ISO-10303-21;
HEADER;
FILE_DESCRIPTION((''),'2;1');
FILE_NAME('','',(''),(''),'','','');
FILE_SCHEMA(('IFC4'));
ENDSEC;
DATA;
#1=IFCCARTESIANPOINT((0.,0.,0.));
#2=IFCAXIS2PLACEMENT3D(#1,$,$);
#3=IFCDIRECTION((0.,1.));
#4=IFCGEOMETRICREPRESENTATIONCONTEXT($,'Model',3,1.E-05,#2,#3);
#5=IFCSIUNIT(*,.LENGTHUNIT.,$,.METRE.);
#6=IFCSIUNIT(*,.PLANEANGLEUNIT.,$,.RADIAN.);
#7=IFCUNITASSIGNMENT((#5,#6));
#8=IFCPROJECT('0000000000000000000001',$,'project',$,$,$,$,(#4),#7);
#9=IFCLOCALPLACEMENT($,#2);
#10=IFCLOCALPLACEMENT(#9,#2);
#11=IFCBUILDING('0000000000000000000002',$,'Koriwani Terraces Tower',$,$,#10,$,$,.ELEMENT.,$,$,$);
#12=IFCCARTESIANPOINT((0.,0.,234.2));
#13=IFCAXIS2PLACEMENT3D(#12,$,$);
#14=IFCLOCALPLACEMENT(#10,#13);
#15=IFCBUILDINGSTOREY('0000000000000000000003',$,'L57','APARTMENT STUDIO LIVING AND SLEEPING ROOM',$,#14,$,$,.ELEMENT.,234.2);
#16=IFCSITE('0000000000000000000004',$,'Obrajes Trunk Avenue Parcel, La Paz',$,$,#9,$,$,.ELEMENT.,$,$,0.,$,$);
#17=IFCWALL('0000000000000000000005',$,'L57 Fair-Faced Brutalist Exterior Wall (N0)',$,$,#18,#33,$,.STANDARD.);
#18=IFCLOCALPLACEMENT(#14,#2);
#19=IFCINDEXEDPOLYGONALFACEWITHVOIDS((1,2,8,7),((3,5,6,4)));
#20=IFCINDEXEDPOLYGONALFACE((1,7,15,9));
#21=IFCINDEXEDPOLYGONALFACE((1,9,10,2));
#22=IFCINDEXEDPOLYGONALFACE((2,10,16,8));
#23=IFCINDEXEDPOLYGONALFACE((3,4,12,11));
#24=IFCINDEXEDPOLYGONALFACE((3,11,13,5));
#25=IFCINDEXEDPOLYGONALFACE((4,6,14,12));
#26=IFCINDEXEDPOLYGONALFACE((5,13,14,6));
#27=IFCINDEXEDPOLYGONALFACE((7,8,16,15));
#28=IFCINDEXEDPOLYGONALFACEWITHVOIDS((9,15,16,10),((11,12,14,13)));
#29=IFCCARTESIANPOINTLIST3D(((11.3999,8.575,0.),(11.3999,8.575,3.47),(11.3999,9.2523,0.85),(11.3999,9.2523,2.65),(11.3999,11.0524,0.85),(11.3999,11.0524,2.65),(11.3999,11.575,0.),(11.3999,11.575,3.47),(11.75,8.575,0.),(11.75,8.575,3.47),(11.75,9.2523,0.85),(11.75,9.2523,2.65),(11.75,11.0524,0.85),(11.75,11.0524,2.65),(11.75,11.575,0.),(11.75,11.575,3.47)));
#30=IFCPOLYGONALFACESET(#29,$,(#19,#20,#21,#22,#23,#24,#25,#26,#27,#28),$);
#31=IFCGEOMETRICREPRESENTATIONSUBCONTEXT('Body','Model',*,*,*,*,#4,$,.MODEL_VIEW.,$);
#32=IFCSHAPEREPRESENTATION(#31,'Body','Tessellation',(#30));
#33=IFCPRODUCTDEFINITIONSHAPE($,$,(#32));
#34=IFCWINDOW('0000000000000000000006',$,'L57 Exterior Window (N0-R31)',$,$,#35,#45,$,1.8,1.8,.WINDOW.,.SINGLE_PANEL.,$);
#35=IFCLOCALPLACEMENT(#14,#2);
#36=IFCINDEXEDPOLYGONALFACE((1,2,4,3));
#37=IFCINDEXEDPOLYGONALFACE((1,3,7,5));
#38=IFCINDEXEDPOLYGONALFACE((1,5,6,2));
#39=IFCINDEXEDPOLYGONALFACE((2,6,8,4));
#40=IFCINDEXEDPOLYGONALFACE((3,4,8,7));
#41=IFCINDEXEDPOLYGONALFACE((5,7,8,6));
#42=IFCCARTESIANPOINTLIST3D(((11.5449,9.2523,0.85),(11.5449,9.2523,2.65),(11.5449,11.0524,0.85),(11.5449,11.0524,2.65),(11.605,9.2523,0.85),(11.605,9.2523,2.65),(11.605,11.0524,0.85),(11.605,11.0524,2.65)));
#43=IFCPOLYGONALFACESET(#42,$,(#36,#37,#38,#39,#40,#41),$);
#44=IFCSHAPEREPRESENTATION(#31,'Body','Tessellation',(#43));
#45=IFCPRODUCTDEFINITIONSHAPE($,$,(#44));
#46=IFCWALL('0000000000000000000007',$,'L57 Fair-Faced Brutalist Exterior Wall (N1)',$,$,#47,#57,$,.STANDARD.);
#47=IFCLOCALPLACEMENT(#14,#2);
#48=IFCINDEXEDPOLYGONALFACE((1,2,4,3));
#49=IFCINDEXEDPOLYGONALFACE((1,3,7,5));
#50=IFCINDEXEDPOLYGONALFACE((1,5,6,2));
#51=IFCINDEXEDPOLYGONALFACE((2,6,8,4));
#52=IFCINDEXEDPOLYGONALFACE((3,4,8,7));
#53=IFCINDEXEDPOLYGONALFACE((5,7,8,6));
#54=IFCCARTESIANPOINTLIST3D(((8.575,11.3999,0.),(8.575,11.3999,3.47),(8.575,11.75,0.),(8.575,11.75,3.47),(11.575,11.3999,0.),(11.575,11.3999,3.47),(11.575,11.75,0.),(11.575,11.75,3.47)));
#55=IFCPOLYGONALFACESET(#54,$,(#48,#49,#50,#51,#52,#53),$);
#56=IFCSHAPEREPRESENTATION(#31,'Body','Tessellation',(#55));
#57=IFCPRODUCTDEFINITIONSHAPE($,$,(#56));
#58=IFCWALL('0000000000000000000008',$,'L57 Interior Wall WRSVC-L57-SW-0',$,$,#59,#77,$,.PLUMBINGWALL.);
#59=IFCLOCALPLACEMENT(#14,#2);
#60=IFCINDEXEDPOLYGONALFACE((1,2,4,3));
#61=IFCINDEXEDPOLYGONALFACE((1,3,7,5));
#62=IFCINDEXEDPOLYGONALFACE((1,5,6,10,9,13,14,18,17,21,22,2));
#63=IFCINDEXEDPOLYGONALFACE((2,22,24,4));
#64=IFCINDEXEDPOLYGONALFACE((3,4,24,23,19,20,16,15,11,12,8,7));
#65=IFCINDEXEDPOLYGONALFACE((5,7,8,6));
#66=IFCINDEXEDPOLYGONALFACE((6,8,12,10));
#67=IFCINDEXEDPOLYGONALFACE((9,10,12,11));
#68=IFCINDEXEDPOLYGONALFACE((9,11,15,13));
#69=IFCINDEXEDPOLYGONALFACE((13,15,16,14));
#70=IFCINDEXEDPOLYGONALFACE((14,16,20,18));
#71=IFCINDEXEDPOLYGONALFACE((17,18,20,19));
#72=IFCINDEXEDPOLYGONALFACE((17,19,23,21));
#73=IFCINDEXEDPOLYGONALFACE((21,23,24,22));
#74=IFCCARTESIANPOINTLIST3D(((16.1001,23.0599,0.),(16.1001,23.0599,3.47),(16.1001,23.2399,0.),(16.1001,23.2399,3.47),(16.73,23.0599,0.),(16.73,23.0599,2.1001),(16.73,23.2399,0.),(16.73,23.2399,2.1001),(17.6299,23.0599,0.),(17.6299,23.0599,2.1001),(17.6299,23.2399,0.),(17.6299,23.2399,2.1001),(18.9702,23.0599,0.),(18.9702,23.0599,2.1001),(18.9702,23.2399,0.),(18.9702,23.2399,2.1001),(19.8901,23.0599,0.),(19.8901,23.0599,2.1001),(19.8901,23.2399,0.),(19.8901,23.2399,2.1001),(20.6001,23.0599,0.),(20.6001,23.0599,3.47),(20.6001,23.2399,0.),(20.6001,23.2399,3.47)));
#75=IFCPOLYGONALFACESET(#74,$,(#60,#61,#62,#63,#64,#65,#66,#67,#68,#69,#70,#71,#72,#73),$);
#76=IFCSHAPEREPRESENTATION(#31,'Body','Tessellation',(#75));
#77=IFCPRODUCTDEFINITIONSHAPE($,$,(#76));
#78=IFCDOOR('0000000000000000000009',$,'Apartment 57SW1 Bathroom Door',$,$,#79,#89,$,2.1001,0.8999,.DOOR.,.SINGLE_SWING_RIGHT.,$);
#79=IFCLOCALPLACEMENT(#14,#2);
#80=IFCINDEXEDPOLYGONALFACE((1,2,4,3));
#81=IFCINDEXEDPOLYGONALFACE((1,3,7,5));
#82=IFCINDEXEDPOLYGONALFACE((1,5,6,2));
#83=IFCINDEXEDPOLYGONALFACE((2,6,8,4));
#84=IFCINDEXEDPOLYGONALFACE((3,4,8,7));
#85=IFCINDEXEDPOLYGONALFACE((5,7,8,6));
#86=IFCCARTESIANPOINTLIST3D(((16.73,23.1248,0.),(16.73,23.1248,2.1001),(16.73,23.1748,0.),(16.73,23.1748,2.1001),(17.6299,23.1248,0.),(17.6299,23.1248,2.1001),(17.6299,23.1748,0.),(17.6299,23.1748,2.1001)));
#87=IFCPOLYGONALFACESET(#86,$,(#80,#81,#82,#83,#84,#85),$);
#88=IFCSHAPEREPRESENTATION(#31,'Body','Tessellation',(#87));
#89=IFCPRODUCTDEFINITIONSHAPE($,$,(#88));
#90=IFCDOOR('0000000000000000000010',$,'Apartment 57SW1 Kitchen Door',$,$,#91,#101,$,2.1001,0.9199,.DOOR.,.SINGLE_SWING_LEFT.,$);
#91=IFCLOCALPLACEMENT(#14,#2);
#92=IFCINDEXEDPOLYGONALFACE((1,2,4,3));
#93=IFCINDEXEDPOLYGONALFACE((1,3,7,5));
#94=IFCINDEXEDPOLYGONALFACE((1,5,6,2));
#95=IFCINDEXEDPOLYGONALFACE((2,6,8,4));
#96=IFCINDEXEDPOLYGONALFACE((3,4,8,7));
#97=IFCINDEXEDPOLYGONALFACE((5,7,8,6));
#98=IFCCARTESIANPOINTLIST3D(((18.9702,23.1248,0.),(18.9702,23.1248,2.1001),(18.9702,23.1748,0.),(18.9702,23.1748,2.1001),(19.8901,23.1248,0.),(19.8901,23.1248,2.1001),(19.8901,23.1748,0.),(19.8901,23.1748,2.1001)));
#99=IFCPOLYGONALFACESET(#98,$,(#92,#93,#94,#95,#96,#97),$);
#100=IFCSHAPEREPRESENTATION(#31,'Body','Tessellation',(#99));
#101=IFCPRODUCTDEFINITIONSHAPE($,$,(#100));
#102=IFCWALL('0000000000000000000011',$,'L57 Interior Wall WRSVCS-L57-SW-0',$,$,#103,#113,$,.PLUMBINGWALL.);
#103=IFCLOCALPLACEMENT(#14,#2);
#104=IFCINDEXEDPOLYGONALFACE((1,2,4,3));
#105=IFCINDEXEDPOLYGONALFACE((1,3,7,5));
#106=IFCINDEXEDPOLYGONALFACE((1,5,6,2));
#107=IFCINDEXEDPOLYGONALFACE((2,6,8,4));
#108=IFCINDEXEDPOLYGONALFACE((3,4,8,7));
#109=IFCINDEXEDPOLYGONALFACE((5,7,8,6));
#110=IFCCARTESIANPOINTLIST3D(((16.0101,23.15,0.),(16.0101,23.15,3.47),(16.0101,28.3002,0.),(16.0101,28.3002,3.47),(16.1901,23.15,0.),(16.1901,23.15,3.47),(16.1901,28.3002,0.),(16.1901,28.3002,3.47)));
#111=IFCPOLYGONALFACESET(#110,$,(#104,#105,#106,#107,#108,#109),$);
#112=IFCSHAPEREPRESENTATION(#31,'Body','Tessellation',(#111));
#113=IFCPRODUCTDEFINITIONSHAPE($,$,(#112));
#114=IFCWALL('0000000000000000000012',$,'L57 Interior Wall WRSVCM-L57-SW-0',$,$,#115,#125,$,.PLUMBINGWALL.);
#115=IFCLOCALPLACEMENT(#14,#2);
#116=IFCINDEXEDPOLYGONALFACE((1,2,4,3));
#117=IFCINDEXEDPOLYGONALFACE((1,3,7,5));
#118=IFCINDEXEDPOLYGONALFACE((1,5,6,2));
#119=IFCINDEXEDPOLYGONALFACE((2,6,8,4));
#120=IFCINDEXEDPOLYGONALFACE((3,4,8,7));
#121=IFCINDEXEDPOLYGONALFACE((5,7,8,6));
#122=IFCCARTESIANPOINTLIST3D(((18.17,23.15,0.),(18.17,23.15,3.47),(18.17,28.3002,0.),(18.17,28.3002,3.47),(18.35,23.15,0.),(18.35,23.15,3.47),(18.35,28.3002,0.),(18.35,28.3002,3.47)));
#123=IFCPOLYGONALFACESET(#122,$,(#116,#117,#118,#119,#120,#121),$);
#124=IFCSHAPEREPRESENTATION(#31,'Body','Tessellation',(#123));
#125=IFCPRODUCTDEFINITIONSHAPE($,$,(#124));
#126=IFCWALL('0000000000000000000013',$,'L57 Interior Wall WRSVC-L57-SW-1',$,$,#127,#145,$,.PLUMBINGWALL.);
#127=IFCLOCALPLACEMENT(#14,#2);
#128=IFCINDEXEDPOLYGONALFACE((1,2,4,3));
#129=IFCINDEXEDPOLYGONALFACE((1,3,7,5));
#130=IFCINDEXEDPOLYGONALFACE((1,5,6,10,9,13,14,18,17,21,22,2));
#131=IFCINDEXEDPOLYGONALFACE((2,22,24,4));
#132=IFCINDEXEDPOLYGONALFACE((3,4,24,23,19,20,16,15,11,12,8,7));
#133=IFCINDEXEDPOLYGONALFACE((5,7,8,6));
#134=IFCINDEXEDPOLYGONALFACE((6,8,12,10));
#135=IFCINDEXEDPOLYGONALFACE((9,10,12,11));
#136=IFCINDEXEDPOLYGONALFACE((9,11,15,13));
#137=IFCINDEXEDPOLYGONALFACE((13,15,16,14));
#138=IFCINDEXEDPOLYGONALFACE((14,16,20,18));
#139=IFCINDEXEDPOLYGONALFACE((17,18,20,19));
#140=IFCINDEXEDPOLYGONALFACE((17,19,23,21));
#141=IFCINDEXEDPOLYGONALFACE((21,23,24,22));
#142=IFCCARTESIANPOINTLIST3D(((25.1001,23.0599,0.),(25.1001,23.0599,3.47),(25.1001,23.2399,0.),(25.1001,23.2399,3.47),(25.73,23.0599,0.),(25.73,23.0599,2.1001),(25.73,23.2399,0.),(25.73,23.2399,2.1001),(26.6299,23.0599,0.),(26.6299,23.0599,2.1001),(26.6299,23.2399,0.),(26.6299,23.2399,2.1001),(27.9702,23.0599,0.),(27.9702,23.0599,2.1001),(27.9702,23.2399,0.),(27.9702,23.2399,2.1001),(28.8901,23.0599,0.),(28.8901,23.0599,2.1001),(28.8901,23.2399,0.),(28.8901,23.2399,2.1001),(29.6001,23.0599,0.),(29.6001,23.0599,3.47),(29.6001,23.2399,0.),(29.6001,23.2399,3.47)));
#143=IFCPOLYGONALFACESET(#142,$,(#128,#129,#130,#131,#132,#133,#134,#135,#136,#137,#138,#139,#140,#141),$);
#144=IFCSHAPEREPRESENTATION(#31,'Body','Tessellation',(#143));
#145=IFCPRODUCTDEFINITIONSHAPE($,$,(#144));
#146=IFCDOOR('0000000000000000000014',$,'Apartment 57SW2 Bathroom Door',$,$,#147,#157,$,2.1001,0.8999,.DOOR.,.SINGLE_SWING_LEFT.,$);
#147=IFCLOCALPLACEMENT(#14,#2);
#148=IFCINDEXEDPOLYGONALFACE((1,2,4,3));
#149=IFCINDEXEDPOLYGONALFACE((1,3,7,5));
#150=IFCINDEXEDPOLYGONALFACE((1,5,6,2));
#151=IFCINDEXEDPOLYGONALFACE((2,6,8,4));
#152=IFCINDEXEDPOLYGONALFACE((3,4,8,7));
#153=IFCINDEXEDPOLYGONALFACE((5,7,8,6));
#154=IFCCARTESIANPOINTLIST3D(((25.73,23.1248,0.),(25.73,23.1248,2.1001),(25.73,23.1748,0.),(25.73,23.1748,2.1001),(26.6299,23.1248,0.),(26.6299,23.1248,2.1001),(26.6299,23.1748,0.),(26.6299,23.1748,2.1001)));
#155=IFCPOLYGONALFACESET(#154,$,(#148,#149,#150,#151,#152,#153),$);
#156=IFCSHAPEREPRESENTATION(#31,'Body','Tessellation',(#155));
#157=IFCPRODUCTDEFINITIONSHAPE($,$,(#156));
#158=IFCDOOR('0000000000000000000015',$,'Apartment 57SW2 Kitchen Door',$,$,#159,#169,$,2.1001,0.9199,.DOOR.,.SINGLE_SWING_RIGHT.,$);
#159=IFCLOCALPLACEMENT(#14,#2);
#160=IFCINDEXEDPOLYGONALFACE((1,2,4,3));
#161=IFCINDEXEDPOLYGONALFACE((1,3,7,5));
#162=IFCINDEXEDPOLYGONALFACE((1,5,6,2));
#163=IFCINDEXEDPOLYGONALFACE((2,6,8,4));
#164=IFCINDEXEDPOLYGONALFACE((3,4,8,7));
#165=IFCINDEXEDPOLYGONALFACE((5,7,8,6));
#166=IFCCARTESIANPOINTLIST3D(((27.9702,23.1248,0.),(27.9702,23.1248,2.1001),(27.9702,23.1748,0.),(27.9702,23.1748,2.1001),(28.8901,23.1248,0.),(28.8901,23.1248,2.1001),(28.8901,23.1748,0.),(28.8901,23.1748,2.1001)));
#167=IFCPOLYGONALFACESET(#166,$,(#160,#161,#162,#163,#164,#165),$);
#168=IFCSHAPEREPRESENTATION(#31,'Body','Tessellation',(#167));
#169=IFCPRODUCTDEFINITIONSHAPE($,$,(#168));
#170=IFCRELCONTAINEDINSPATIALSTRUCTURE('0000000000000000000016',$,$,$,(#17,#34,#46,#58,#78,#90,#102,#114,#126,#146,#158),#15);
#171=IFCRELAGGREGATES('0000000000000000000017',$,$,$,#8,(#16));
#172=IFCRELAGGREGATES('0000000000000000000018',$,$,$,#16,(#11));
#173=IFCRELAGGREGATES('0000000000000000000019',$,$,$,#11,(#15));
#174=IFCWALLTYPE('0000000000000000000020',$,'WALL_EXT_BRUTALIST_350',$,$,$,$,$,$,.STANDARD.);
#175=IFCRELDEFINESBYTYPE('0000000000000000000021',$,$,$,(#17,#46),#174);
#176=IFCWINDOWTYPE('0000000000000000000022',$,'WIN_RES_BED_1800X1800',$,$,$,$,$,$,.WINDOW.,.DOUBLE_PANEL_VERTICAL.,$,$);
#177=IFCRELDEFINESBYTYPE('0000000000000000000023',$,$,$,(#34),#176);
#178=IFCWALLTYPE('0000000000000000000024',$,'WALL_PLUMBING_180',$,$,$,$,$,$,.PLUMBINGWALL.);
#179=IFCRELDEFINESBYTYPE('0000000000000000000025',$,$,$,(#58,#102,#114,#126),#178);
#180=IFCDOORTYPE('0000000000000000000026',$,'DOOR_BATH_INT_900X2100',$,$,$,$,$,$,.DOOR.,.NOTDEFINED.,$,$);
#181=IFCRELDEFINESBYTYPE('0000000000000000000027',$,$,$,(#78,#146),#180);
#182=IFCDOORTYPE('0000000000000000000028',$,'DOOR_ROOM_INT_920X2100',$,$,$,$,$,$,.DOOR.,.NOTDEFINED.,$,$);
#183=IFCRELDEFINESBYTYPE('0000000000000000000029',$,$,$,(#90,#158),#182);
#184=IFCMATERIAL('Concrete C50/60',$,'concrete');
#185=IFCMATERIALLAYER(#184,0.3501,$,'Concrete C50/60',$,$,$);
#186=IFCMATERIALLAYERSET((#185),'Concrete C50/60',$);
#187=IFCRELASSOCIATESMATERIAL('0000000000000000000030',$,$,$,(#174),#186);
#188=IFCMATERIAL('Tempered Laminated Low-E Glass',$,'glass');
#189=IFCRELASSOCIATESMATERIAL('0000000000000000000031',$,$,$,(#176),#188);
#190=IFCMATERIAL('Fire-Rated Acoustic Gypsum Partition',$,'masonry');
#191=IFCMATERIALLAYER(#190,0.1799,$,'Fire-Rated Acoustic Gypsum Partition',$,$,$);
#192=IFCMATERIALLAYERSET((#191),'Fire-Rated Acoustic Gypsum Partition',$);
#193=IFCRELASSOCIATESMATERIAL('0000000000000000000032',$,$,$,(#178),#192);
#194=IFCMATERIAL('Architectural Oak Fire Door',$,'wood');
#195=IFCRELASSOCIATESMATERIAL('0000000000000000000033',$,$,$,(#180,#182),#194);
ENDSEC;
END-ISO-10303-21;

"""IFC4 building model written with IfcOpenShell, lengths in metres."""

from ifc_helpers import new_model, si_unit, direction, frame, frame_2d, origin, place, context, subcontext, project, spatial, rectangle, extrude, material, layer, layer_set, type_object, element, fill, save


model = new_model("IFC4")

# Units and contexts
model_context = context("Model", 3, precision=1e-05, world=origin(), true_north=direction((0.0, 1.0)))
body_context = subcontext(model_context, "Body", "Model", "MODEL_VIEW")
ifc_project = project(units=[si_unit("LENGTHUNIT", "METRE"), si_unit("PLANEANGLEUNIT", "RADIAN")], contexts=[model_context])

# Site, building, storey
site_placement = place(None, origin())
site = spatial("IfcSite", under=ifc_project, at=site_placement, Name="Obrajes Trunk Avenue Parcel, La Paz", CompositionType="ELEMENT", RefElevation=0.0)
building_placement = place(site_placement, origin())
building = spatial("IfcBuilding", under=site, at=building_placement, Name="Koriwani Terraces Tower", CompositionType="ELEMENT")
storey_placement = place(building_placement, frame((0.0, 0.0, 234.2)))
storey = spatial("IfcBuildingStorey", under=building, at=storey_placement, Name="L57", Description="APARTMENT STUDIO LIVING AND SLEEPING ROOM", CompositionType="ELEMENT", Elevation=234.2)

# Shared definitions
ifc_material_1 = material(Name="Concrete C50/60", Category="concrete")

# Wall, opening, window
ifc_layer_1 = layer(ifc_material_1, 0.3501, Name="Concrete C50/60")
ifc_layer_set_1 = layer_set([ifc_layer_1], Name="Concrete C50/60")
wall_type_1 = type_object("IfcWallType", Name="WALL_EXT_BRUTALIST_350", PredefinedType="STANDARD", material=ifc_layer_set_1)
wall_1_placement = place(storey_placement, frame((11.575, 8.575, 0.0), z_axis=(0.0, 0.0, 1.0), x_axis=(0.0, 1.0, 0.0)))
wall_1 = element("IfcWall", 1, at=wall_1_placement, inside=storey, type_object=wall_type_1, Name="L57 Fair-Faced Brutalist Exterior Wall (N0)", PredefinedType="STANDARD", context=body_context, shape_type="SweptSolid", body=[
    extrude(rectangle(XDim=3.0, YDim=0.3501, at=frame_2d((1.5, 0.0))), origin(), (0.0, 0.0, 1.0), 3.47),
])
opening_1_placement = place(wall_1_placement, frame((0.6775, 0.0, 0.8501)))
opening_1 = element("IfcOpeningElement", 2, at=opening_1_placement, cuts=wall_1, PredefinedType="OPENING", context=body_context, shape_type="SweptSolid", body=[
    extrude(rectangle(XDim=1.8, YDim=1.8, at=frame_2d((0.8999, 0.8999))), frame((0.0, 0.1851, 0.0), z_axis=(0.0, -1.0, 0.0), x_axis=(1.0, 0.0, 0.0)), (0.0, 0.0, 1.0), 0.3701),
])
ifc_material_2 = material(Name="Tempered Laminated Low-E Glass", Category="glass")
window_type = type_object("IfcWindowType", Name="WIN_RES_BED_1800X1800", PartitioningType="DOUBLE_PANEL_VERTICAL", PredefinedType="WINDOW", material=ifc_material_2)
window_placement = place(opening_1_placement, origin())
window = element("IfcWindow", 3, at=window_placement, inside=storey, type_object=window_type, Name="L57 Exterior Window (N0-R31)", OverallHeight=1.8, OverallWidth=1.8, PartitioningType="SINGLE_PANEL", PredefinedType="WINDOW", context=body_context, shape_type="SweptSolid", body=[
    extrude(rectangle(XDim=1.8, YDim=1.8, at=frame_2d((0.8999, 0.8999))), frame((0.0, 0.03, 0.0), z_axis=(0.0, -1.0, 0.0), x_axis=(1.0, 0.0, 0.0)), (0.0, 0.0, 1.0), 0.0601),
])
fill(opening_1, window)

# Wall
wall_2_placement = place(storey_placement, frame((11.575, 11.575, 0.0), z_axis=(0.0, 0.0, 1.0), x_axis=(-1.0, 0.0, 0.0)))
element("IfcWall", 4, at=wall_2_placement, inside=storey, type_object=wall_type_1, Name="L57 Fair-Faced Brutalist Exterior Wall (N1)", PredefinedType="STANDARD", context=body_context, shape_type="SweptSolid", body=[
    extrude(rectangle(XDim=3.0, YDim=0.3501, at=frame_2d((1.5, 0.0))), origin(), (0.0, 0.0, 1.0), 3.47),
])

# Wall, openings, doors
ifc_material_3 = material(Name="Fire-Rated Acoustic Gypsum Partition", Category="masonry")
ifc_layer_2 = layer(ifc_material_3, 0.1799, Name="Fire-Rated Acoustic Gypsum Partition")
ifc_layer_set_2 = layer_set([ifc_layer_2], Name="Fire-Rated Acoustic Gypsum Partition")
wall_type_2 = type_object("IfcWallType", Name="WALL_PLUMBING_180", PredefinedType="PLUMBINGWALL", material=ifc_layer_set_2)
wall_3_placement = place(storey_placement, frame((16.1001, 23.1499, 0.0), z_axis=(0.0, 0.0, 1.0), x_axis=(1.0, 0.0, 0.0)))
wall_3 = element("IfcWall", 5, at=wall_3_placement, inside=storey, type_object=wall_type_2, Name="L57 Interior Wall WRSVC-L57-SW-0", PredefinedType="PLUMBINGWALL", context=body_context, shape_type="SweptSolid", body=[
    extrude(rectangle(XDim=4.5, YDim=0.1799, at=frame_2d((2.25, 0.0))), origin(), (0.0, 0.0, 1.0), 3.47),
])
opening_2_placement = place(wall_3_placement, frame((0.6299, 0.0, 0.0)))
opening_2 = element("IfcOpeningElement", 6, at=opening_2_placement, cuts=wall_3, PredefinedType="OPENING", context=body_context, shape_type="SweptSolid", body=[
    extrude(rectangle(XDim=0.8999, YDim=2.1001, at=frame_2d((0.45, 1.05))), frame((0.0, 0.1001, 0.0), z_axis=(0.0, -1.0, 0.0), x_axis=(1.0, 0.0, 0.0)), (0.0, 0.0, 1.0), 0.2),
])
opening_3_placement = place(wall_3_placement, frame((2.8701, 0.0, 0.0)))
opening_3 = element("IfcOpeningElement", 7, at=opening_3_placement, cuts=wall_3, PredefinedType="OPENING", context=body_context, shape_type="SweptSolid", body=[
    extrude(rectangle(XDim=0.9199, YDim=2.1001, at=frame_2d((0.46, 1.05))), frame((0.0, 0.1001, 0.0), z_axis=(0.0, -1.0, 0.0), x_axis=(1.0, 0.0, 0.0)), (0.0, 0.0, 1.0), 0.2),
])
ifc_material_4 = material(Name="Architectural Oak Fire Door", Category="wood")
door_type_1 = type_object("IfcDoorType", Name="DOOR_BATH_INT_900X2100", OperationType="NOTDEFINED", PredefinedType="DOOR", material=ifc_material_4)
door_1_placement = place(opening_2_placement, origin())
door_1 = element("IfcDoor", 8, at=door_1_placement, inside=storey, type_object=door_type_1, Name="Apartment 57SW1 Bathroom Door", OperationType="SINGLE_SWING_RIGHT", OverallHeight=2.1001, OverallWidth=0.8999, PredefinedType="DOOR", context=body_context, shape_type="SweptSolid", body=[
    extrude(rectangle(XDim=0.8999, YDim=2.1001, at=frame_2d((0.45, 1.05))), frame((0.0, 0.0249, 0.0), z_axis=(0.0, -1.0, 0.0), x_axis=(1.0, 0.0, 0.0)), (0.0, 0.0, 1.0), 0.05),
])
fill(opening_2, door_1)
door_type_2 = type_object("IfcDoorType", Name="DOOR_ROOM_INT_920X2100", OperationType="NOTDEFINED", PredefinedType="DOOR", material=ifc_material_4)
door_2_placement = place(opening_3_placement, origin())
door_2 = element("IfcDoor", 9, at=door_2_placement, inside=storey, type_object=door_type_2, Name="Apartment 57SW1 Kitchen Door", OperationType="SINGLE_SWING_LEFT", OverallHeight=2.1001, OverallWidth=0.9199, PredefinedType="DOOR", context=body_context, shape_type="SweptSolid", body=[
    extrude(rectangle(XDim=0.9199, YDim=2.1001, at=frame_2d((0.46, 1.05))), frame((0.0, 0.0249, 0.0), z_axis=(0.0, -1.0, 0.0), x_axis=(1.0, 0.0, 0.0)), (0.0, 0.0, 1.0), 0.05),
])
fill(opening_3, door_2)

# Walls
for number, where, z_axis, x_axis, name in (
    (10, (16.1001, 23.1499, 0.0), (0.0, 0.0, 1.0), (0.0, 1.0, 0.0), "L57 Interior Wall WRSVCS-L57-SW-0"),
    (11, (18.26, 23.1499, 0.0), (0.0, 0.0, 1.0), (0.0, 1.0, 0.0), "L57 Interior Wall WRSVCM-L57-SW-0"),
):
    element("IfcWall", number, at=place(storey_placement, frame(where, z_axis=z_axis, x_axis=x_axis)), inside=storey, type_object=wall_type_2, Name=name, PredefinedType="PLUMBINGWALL", context=body_context, shape_type="SweptSolid", body=[
        extrude(rectangle(XDim=5.1501, YDim=0.1799, at=frame_2d((2.5752, 0.0))), origin(), (0.0, 0.0, 1.0), 3.47),
    ])

# Wall, openings, doors
wall_4_placement = place(storey_placement, frame((25.1001, 23.1499, 0.0), z_axis=(0.0, 0.0, 1.0), x_axis=(1.0, 0.0, 0.0)))
wall_4 = element("IfcWall", 12, at=wall_4_placement, inside=storey, type_object=wall_type_2, Name="L57 Interior Wall WRSVC-L57-SW-1", PredefinedType="PLUMBINGWALL", context=body_context, shape_type="SweptSolid", body=[
    extrude(rectangle(XDim=4.5, YDim=0.1799, at=frame_2d((2.25, 0.0))), origin(), (0.0, 0.0, 1.0), 3.47),
])
opening_4_placement = place(wall_4_placement, frame((0.6299, 0.0, 0.0)))
opening_4 = element("IfcOpeningElement", 13, at=opening_4_placement, cuts=wall_4, PredefinedType="OPENING", context=body_context, shape_type="SweptSolid", body=[
    extrude(rectangle(XDim=0.8999, YDim=2.1001, at=frame_2d((0.45, 1.05))), frame((0.0, 0.1001, 0.0), z_axis=(0.0, -1.0, 0.0), x_axis=(1.0, 0.0, 0.0)), (0.0, 0.0, 1.0), 0.2),
])
opening_5_placement = place(wall_4_placement, frame((2.8701, 0.0, 0.0)))
opening_5 = element("IfcOpeningElement", 14, at=opening_5_placement, cuts=wall_4, PredefinedType="OPENING", context=body_context, shape_type="SweptSolid", body=[
    extrude(rectangle(XDim=0.9199, YDim=2.1001, at=frame_2d((0.46, 1.05))), frame((0.0, 0.1001, 0.0), z_axis=(0.0, -1.0, 0.0), x_axis=(1.0, 0.0, 0.0)), (0.0, 0.0, 1.0), 0.2),
])
door_3_placement = place(opening_4_placement, origin())
door_3 = element("IfcDoor", 15, at=door_3_placement, inside=storey, type_object=door_type_1, Name="Apartment 57SW2 Bathroom Door", OperationType="SINGLE_SWING_LEFT", OverallHeight=2.1001, OverallWidth=0.8999, PredefinedType="DOOR", context=body_context, shape_type="SweptSolid", body=[
    extrude(rectangle(XDim=0.8999, YDim=2.1001, at=frame_2d((0.45, 1.05))), frame((0.0, 0.0249, 0.0), z_axis=(0.0, -1.0, 0.0), x_axis=(1.0, 0.0, 0.0)), (0.0, 0.0, 1.0), 0.05),
])
fill(opening_4, door_3)
door_4_placement = place(opening_5_placement, origin())
door_4 = element("IfcDoor", 16, at=door_4_placement, inside=storey, type_object=door_type_2, Name="Apartment 57SW2 Kitchen Door", OperationType="SINGLE_SWING_RIGHT", OverallHeight=2.1001, OverallWidth=0.9199, PredefinedType="DOOR", context=body_context, shape_type="SweptSolid", body=[
    extrude(rectangle(XDim=0.9199, YDim=2.1001, at=frame_2d((0.46, 1.05))), frame((0.0, 0.0249, 0.0), z_axis=(0.0, -1.0, 0.0), x_axis=(1.0, 0.0, 0.0)), (0.0, 0.0, 1.0), 0.05),
])
fill(opening_5, door_4)

save(model, "model.ifc")
